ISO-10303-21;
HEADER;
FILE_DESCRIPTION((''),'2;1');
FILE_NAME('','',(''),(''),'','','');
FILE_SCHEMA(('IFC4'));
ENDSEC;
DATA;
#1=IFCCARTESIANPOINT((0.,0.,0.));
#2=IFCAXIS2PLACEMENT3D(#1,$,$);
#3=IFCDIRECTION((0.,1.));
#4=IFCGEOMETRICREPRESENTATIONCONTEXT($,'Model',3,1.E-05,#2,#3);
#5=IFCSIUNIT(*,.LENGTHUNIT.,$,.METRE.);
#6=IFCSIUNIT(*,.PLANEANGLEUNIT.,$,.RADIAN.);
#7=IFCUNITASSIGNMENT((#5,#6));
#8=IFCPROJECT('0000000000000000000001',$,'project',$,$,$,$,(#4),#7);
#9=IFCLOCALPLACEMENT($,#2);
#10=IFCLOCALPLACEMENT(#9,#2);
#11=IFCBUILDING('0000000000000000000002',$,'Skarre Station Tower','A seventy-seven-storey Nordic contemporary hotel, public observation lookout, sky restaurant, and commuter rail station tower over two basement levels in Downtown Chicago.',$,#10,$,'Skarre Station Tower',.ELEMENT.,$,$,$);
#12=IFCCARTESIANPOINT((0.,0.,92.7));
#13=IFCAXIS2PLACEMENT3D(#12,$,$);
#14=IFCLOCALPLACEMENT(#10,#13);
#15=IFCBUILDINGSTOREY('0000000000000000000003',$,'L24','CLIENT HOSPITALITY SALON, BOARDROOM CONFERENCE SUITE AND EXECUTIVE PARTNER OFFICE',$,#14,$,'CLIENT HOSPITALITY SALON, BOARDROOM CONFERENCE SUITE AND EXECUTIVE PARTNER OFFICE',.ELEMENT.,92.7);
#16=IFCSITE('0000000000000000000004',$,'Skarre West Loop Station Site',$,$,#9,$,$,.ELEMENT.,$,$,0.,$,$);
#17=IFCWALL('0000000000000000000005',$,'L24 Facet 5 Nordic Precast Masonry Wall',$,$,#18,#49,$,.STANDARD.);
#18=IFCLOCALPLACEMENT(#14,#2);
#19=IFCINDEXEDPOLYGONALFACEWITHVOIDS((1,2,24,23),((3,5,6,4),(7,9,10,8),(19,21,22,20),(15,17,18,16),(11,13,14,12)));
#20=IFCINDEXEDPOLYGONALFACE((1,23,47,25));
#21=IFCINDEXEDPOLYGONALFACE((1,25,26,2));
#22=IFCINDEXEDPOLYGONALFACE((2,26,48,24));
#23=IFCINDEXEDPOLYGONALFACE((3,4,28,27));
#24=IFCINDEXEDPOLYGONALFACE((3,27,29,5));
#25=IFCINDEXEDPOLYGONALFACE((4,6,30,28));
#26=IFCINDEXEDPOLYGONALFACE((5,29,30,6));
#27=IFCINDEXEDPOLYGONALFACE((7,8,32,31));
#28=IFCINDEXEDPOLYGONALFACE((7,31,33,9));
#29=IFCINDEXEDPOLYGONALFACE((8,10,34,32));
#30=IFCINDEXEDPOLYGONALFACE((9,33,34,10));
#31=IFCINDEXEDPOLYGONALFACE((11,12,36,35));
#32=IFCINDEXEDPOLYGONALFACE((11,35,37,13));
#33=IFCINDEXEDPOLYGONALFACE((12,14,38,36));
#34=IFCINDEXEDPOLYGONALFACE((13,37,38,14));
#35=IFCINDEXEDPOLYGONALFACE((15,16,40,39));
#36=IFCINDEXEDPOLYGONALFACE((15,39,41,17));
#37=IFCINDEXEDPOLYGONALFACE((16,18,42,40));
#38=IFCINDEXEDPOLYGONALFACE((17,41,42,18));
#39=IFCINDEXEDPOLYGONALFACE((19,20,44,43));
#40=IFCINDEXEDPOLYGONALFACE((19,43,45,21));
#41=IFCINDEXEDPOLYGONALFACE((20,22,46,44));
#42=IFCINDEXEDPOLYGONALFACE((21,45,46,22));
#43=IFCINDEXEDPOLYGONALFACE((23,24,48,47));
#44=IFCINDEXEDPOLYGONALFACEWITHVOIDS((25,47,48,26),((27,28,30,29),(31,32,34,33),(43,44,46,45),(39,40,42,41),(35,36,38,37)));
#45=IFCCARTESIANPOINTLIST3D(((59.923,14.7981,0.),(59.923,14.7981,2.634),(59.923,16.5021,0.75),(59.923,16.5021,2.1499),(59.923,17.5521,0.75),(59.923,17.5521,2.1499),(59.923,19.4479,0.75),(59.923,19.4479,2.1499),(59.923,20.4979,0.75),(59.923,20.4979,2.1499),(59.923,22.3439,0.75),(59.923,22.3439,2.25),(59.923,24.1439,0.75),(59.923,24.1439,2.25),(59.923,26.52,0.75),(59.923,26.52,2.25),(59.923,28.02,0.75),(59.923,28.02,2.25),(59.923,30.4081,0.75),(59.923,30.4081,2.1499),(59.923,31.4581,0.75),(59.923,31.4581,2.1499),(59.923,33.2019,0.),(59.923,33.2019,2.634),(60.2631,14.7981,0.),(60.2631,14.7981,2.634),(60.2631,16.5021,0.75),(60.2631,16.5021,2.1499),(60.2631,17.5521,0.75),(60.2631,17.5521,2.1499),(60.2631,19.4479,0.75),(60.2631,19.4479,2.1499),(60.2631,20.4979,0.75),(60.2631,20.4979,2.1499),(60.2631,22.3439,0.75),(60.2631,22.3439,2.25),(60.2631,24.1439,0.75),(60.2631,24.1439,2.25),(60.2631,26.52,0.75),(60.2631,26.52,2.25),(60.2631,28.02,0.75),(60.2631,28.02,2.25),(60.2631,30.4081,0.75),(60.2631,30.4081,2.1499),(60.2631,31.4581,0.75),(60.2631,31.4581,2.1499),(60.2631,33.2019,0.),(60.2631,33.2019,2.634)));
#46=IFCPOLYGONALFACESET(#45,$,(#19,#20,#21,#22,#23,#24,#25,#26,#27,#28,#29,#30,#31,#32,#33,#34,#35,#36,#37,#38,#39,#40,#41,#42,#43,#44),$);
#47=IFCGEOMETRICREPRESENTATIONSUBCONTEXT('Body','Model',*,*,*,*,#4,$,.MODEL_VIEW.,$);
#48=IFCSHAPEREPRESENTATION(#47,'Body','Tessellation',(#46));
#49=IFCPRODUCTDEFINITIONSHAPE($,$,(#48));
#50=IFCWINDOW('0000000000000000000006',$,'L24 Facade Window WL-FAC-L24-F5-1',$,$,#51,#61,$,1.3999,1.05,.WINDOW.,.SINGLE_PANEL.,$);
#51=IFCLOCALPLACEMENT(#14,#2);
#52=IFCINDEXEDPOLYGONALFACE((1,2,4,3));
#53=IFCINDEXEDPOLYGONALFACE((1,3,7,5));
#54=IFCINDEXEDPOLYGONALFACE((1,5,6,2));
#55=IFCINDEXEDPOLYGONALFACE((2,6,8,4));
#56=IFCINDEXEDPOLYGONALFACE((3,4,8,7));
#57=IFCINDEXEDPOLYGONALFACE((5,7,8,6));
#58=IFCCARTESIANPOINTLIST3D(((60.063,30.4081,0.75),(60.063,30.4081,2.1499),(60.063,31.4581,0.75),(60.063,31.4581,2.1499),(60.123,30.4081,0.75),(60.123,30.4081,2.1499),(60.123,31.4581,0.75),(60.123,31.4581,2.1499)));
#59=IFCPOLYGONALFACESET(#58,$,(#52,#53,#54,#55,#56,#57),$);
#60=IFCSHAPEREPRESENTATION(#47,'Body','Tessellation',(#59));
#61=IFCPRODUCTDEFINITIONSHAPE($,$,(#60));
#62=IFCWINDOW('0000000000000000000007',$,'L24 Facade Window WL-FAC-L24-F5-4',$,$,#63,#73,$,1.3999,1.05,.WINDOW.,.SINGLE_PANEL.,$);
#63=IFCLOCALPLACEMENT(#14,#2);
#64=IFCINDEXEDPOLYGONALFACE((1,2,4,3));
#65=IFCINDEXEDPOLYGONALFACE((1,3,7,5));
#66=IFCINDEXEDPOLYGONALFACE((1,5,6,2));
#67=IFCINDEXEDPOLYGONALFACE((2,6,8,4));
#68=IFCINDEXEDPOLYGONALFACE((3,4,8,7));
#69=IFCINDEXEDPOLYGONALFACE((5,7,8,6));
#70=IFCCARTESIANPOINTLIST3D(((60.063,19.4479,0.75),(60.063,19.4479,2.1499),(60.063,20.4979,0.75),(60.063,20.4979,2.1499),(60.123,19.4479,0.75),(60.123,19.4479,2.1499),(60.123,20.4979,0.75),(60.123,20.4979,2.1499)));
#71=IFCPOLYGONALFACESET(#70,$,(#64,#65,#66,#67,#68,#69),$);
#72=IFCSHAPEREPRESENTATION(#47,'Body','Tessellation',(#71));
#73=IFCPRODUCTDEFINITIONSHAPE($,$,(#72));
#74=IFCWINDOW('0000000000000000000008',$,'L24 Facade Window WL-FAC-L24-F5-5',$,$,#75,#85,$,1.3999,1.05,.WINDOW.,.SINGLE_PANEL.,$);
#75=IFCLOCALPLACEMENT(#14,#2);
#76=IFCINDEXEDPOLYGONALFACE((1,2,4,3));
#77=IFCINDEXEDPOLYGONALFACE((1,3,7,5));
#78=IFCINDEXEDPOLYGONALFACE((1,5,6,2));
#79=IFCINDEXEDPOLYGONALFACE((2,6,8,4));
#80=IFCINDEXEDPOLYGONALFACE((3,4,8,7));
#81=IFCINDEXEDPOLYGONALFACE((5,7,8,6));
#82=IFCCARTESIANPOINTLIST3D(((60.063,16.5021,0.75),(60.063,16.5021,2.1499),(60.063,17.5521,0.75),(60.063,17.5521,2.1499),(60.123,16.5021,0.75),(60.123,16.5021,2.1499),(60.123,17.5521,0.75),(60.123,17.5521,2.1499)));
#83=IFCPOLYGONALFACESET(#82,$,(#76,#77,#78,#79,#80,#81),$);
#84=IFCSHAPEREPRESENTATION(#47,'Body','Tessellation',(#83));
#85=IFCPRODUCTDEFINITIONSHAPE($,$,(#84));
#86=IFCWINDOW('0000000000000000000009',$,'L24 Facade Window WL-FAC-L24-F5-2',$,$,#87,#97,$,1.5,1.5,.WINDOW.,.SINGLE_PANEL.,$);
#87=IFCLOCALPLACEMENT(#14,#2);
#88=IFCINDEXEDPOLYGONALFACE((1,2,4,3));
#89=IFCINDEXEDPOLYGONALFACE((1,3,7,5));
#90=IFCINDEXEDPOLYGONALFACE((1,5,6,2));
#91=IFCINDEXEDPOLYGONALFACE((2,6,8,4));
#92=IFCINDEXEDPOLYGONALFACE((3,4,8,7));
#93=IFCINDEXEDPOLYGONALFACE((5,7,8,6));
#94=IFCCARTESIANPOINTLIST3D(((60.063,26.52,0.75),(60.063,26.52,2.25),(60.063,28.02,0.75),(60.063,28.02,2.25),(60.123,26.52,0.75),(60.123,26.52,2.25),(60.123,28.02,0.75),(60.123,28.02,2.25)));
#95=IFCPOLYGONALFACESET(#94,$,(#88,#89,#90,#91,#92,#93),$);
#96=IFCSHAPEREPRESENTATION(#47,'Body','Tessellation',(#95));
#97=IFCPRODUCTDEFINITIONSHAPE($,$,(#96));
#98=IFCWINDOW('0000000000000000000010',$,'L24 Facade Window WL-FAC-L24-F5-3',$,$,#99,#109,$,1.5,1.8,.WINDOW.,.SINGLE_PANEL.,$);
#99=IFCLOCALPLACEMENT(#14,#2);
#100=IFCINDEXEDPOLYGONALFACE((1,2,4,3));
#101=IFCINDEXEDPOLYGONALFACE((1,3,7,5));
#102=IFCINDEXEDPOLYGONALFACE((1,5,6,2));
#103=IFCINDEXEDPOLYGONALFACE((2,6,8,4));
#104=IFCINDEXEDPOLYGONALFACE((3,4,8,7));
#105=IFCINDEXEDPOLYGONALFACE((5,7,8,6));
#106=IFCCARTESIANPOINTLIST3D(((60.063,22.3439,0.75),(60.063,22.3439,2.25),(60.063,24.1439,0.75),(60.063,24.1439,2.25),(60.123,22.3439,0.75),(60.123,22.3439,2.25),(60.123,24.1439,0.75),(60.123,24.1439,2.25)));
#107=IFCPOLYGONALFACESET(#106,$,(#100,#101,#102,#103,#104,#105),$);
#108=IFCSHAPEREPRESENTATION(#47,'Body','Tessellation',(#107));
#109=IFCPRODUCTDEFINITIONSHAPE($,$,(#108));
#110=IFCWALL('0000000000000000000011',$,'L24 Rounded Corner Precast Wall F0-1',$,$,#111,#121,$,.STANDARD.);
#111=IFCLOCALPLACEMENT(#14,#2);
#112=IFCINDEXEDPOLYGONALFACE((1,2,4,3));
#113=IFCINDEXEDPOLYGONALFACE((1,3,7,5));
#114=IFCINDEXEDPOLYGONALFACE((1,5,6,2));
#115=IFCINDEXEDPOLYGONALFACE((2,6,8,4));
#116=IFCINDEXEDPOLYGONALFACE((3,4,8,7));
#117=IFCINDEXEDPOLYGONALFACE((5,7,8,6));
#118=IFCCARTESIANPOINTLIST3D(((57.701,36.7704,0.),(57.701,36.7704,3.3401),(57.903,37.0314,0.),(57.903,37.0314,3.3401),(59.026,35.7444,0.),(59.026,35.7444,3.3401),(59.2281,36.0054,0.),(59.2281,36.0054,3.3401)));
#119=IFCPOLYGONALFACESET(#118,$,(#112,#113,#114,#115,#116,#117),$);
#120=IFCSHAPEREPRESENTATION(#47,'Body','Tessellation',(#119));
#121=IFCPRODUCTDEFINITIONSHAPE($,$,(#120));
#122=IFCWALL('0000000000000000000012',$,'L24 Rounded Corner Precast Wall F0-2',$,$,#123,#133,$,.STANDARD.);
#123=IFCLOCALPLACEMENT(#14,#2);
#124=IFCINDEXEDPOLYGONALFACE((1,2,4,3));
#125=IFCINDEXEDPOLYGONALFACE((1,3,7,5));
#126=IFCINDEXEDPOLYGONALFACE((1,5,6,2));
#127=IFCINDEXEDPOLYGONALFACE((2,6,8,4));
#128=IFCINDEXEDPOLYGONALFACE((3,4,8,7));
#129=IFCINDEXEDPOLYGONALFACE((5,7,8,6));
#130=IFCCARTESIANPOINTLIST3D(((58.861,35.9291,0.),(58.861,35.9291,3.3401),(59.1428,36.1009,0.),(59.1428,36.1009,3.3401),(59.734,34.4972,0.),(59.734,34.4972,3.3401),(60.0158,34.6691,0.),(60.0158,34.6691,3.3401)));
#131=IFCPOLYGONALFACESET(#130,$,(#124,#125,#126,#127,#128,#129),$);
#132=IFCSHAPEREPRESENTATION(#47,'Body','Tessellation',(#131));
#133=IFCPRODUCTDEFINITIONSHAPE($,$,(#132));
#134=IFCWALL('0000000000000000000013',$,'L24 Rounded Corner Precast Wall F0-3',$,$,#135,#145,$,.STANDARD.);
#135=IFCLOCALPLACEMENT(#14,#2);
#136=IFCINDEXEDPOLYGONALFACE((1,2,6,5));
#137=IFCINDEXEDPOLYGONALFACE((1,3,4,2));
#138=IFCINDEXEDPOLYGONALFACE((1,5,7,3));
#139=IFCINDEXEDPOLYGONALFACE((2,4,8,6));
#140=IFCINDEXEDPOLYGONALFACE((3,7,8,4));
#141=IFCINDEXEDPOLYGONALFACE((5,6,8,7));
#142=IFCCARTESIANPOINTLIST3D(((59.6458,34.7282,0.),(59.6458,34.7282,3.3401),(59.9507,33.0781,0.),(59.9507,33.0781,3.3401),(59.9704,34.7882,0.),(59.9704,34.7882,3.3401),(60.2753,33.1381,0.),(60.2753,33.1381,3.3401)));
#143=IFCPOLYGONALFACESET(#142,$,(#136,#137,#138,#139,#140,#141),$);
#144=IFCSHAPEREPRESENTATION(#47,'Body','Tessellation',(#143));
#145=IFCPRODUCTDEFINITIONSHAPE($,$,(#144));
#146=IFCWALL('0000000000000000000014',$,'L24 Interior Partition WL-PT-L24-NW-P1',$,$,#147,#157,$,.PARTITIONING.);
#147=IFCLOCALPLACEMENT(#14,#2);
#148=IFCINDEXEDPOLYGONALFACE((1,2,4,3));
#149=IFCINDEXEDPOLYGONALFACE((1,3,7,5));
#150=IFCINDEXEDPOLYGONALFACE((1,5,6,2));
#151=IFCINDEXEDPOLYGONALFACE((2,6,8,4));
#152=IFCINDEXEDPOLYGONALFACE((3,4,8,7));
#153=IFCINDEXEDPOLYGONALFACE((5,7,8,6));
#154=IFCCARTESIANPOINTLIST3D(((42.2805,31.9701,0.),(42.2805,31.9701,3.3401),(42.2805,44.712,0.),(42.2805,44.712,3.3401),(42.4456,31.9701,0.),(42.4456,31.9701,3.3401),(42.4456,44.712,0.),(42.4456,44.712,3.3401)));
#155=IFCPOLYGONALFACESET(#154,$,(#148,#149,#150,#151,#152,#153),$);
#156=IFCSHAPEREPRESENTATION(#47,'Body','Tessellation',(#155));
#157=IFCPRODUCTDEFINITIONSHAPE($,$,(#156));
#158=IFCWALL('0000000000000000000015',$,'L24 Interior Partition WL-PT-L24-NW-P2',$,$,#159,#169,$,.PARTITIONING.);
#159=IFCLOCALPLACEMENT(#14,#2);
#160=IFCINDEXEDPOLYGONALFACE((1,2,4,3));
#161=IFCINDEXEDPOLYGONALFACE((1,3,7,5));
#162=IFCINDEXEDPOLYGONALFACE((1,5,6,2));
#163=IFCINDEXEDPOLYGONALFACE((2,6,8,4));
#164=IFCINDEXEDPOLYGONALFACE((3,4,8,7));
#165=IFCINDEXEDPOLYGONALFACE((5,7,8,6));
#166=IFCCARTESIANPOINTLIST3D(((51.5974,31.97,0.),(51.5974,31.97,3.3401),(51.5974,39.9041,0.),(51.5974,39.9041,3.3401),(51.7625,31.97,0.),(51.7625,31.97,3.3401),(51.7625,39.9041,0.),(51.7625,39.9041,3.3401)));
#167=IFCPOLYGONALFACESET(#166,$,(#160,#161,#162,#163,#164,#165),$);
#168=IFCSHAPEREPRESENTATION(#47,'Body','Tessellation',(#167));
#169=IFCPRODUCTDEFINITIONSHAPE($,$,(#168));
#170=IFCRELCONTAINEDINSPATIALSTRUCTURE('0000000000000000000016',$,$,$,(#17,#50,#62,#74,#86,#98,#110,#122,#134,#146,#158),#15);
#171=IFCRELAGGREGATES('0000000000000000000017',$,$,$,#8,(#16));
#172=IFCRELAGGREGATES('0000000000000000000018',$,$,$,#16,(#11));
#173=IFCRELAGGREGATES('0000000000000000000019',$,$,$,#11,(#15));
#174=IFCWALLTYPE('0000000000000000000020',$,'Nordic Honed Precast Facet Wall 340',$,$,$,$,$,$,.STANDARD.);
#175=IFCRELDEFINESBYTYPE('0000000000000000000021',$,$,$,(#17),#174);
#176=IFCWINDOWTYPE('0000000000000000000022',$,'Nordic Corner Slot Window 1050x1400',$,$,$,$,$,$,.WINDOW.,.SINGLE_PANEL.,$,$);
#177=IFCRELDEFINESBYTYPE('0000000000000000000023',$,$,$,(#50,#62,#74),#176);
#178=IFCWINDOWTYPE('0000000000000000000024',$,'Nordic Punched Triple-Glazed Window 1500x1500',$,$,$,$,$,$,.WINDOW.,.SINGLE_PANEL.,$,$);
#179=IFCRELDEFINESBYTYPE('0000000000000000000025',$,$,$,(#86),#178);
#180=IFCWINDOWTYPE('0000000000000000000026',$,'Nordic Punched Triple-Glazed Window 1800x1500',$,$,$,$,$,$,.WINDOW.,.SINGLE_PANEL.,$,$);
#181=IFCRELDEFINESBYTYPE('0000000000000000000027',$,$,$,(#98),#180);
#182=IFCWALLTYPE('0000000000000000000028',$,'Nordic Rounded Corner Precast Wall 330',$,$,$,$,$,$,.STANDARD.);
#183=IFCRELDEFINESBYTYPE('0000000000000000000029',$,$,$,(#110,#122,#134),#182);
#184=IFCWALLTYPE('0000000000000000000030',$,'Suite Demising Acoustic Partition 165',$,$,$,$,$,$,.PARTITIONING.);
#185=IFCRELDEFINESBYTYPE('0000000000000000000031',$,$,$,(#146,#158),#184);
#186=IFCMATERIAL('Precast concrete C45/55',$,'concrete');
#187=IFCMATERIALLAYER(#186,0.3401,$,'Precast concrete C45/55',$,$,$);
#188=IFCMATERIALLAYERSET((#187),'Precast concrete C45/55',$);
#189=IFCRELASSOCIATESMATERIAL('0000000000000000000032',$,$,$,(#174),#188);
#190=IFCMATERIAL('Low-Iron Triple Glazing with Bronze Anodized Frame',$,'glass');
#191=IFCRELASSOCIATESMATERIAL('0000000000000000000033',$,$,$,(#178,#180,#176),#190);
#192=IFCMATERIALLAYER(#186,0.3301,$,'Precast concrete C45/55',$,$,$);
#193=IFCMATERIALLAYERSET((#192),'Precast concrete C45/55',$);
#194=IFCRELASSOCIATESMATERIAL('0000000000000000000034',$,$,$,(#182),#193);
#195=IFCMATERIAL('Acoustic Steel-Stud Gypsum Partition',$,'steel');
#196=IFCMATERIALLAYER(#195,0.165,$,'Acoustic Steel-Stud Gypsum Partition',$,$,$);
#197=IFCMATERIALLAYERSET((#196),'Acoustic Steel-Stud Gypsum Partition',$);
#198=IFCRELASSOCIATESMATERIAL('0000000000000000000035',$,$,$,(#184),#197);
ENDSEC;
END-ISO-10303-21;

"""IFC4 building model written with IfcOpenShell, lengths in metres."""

from ifc_helpers import new_model, si_unit, direction, frame, frame_2d, origin, place, context, subcontext, project, spatial, rectangle, extrude, material, layer, layer_set, type_object, element, fill, save


model = new_model("IFC4")

# Units and contexts
model_context = context("Model", 3, precision=1e-05, world=origin(), true_north=direction((0.0, 1.0)))
body_context = subcontext(model_context, "Body", "Model", "MODEL_VIEW")
ifc_project = project(units=[si_unit("LENGTHUNIT", "METRE"), si_unit("PLANEANGLEUNIT", "RADIAN")], contexts=[model_context])

# Site, building, storey
site_placement = place(None, origin())
site = spatial("IfcSite", under=ifc_project, at=site_placement, Name="Skarre West Loop Station Site", CompositionType="ELEMENT", RefElevation=0.0)
building_placement = place(site_placement, origin())
building = spatial("IfcBuilding", under=site, at=building_placement, Name="Skarre Station Tower", Description="A seventy-seven-storey Nordic contemporary hotel, public observation lookout, sky restaurant, and commuter rail station tower over two basement levels in Downtown Chicago.", LongName="Skarre Station Tower", CompositionType="ELEMENT")
storey_placement = place(building_placement, frame((0.0, 0.0, 92.7)))
storey = spatial("IfcBuildingStorey", under=building, at=storey_placement, Name="L24", Description="CLIENT HOSPITALITY SALON, BOARDROOM CONFERENCE SUITE AND EXECUTIVE PARTNER OFFICE", LongName="CLIENT HOSPITALITY SALON, BOARDROOM CONFERENCE SUITE AND EXECUTIVE PARTNER OFFICE", CompositionType="ELEMENT", Elevation=92.7)

# Wall, openings, windows
ifc_material_1 = material(Name="Precast concrete C45/55", Category="concrete")
ifc_layer_1 = layer(ifc_material_1, 0.3401, Name="Precast concrete C45/55")
ifc_layer_set_1 = layer_set([ifc_layer_1], Name="Precast concrete C45/55")
wall_type_1 = type_object("IfcWallType", Name="Nordic Honed Precast Facet Wall 340", PredefinedType="STANDARD", material=ifc_layer_set_1)
ifc_material_2 = material(Name="Low-Iron Triple Glazing with Bronze Anodized Frame", Category="glass")
window_type_1 = type_object("IfcWindowType", Name="Nordic Punched Triple-Glazed Window 1500x1500", PartitioningType="SINGLE_PANEL", PredefinedType="WINDOW", material=ifc_material_2)
window_type_2 = type_object("IfcWindowType", Name="Nordic Punched Triple-Glazed Window 1800x1500", PartitioningType="SINGLE_PANEL", PredefinedType="WINDOW", material=ifc_material_2)
wall_1_placement = place(storey_placement, frame((60.093, 33.2019, 0.0), z_axis=(0.0, 0.0, 1.0), x_axis=(0.0, -1.0, 0.0)))
wall_1 = element("IfcWall", 1, at=wall_1_placement, inside=storey, type_object=wall_type_1, Name="L24 Facet 5 Nordic Precast Masonry Wall", PredefinedType="STANDARD", context=body_context, shape_type="SweptSolid", body=[
    extrude(rectangle(XDim=18.4038, YDim=0.3401, at=frame_2d((9.2019, 0.0))), origin(), (0.0, 0.0, 1.0), 2.634),
])
opening_1_placement = place(wall_1_placement, frame((1.7439, 0.0, 0.75)))
opening_1 = element("IfcOpeningElement", 2, at=opening_1_placement, cuts=wall_1, PredefinedType="OPENING", context=body_context, shape_type="SweptSolid", body=[
    extrude(rectangle(XDim=1.05, YDim=1.3999, at=frame_2d((0.5249, 0.7))), frame((0.0, 0.1799, 0.0), z_axis=(0.0, -1.0, 0.0), x_axis=(1.0, 0.0, 0.0)), (0.0, 0.0, 1.0), 0.3601),
])
opening_2_placement = place(wall_1_placement, frame((5.1819, 0.0, 0.75)))
opening_2 = element("IfcOpeningElement", 3, at=opening_2_placement, cuts=wall_1, PredefinedType="OPENING", context=body_context, shape_type="SweptSolid", body=[
    extrude(rectangle(XDim=1.5, YDim=1.5, at=frame_2d((0.75, 0.75))), frame((0.0, 0.1799, 0.0), z_axis=(0.0, -1.0, 0.0), x_axis=(1.0, 0.0, 0.0)), (0.0, 0.0, 1.0), 0.3601),
])
opening_3_placement = place(wall_1_placement, frame((9.0581, 0.0, 0.75)))
opening_3 = element("IfcOpeningElement", 4, at=opening_3_placement, cuts=wall_1, PredefinedType="OPENING", context=body_context, shape_type="SweptSolid", body=[
    extrude(rectangle(XDim=1.8, YDim=1.5, at=frame_2d((0.8999, 0.75))), frame((0.0, 0.1799, 0.0), z_axis=(0.0, -1.0, 0.0), x_axis=(1.0, 0.0, 0.0)), (0.0, 0.0, 1.0), 0.3601),
])
opening_4_placement = place(wall_1_placement, frame((12.7041, 0.0, 0.75)))
opening_4 = element("IfcOpeningElement", 5, at=opening_4_placement, cuts=wall_1, PredefinedType="OPENING", context=body_context, shape_type="SweptSolid", body=[
    extrude(rectangle(XDim=1.05, YDim=1.3999, at=frame_2d((0.5249, 0.7))), frame((0.0, 0.1799, 0.0), z_axis=(0.0, -1.0, 0.0), x_axis=(1.0, 0.0, 0.0)), (0.0, 0.0, 1.0), 0.3601),
])
opening_5_placement = place(wall_1_placement, frame((15.6499, 0.0, 0.75)))
opening_5 = element("IfcOpeningElement", 6, at=opening_5_placement, cuts=wall_1, PredefinedType="OPENING", context=body_context, shape_type="SweptSolid", body=[
    extrude(rectangle(XDim=1.05, YDim=1.3999, at=frame_2d((0.5249, 0.7))), frame((0.0, 0.1799, 0.0), z_axis=(0.0, -1.0, 0.0), x_axis=(1.0, 0.0, 0.0)), (0.0, 0.0, 1.0), 0.3601),
])
window_type_3 = type_object("IfcWindowType", Name="Nordic Corner Slot Window 1050x1400", PartitioningType="SINGLE_PANEL", PredefinedType="WINDOW", material=ifc_material_2)
window_1_placement = place(opening_1_placement, origin())
window_1 = element("IfcWindow", 7, at=window_1_placement, inside=storey, type_object=window_type_3, Name="L24 Facade Window WL-FAC-L24-F5-1", OverallHeight=1.3999, OverallWidth=1.05, PartitioningType="SINGLE_PANEL", PredefinedType="WINDOW", context=body_context, shape_type="SweptSolid", body=[
    extrude(rectangle(XDim=1.05, YDim=1.3999, at=frame_2d((0.5249, 0.7))), frame((0.0, 0.03, 0.0), z_axis=(0.0, -1.0, 0.0), x_axis=(1.0, 0.0, 0.0)), (0.0, 0.0, 1.0), 0.0601),
])
fill(opening_1, window_1)
window_2_placement = place(opening_4_placement, origin())
window_2 = element("IfcWindow", 8, at=window_2_placement, inside=storey, type_object=window_type_3, Name="L24 Facade Window WL-FAC-L24-F5-4", OverallHeight=1.3999, OverallWidth=1.05, PartitioningType="SINGLE_PANEL", PredefinedType="WINDOW", context=body_context, shape_type="SweptSolid", body=[
    extrude(rectangle(XDim=1.05, YDim=1.3999, at=frame_2d((0.5249, 0.7))), frame((0.0, 0.03, 0.0), z_axis=(0.0, -1.0, 0.0), x_axis=(1.0, 0.0, 0.0)), (0.0, 0.0, 1.0), 0.0601),
])
fill(opening_4, window_2)
window_3_placement = place(opening_5_placement, origin())
window_3 = element("IfcWindow", 9, at=window_3_placement, inside=storey, type_object=window_type_3, Name="L24 Facade Window WL-FAC-L24-F5-5", OverallHeight=1.3999, OverallWidth=1.05, PartitioningType="SINGLE_PANEL", PredefinedType="WINDOW", context=body_context, shape_type="SweptSolid", body=[
    extrude(rectangle(XDim=1.05, YDim=1.3999, at=frame_2d((0.5249, 0.7))), frame((0.0, 0.03, 0.0), z_axis=(0.0, -1.0, 0.0), x_axis=(1.0, 0.0, 0.0)), (0.0, 0.0, 1.0), 0.0601),
])
fill(opening_5, window_3)
window_4_placement = place(opening_2_placement, origin())
window_4 = element("IfcWindow", 10, at=window_4_placement, inside=storey, type_object=window_type_1, Name="L24 Facade Window WL-FAC-L24-F5-2", OverallHeight=1.5, OverallWidth=1.5, PartitioningType="SINGLE_PANEL", PredefinedType="WINDOW", context=body_context, shape_type="SweptSolid", body=[
    extrude(rectangle(XDim=1.5, YDim=1.5, at=frame_2d((0.75, 0.75))), frame((0.0, 0.03, 0.0), z_axis=(0.0, -1.0, 0.0), x_axis=(1.0, 0.0, 0.0)), (0.0, 0.0, 1.0), 0.0601),
])
fill(opening_2, window_4)
window_5_placement = place(opening_3_placement, origin())
window_5 = element("IfcWindow", 11, at=window_5_placement, inside=storey, type_object=window_type_2, Name="L24 Facade Window WL-FAC-L24-F5-3", OverallHeight=1.5, OverallWidth=1.8, PartitioningType="SINGLE_PANEL", PredefinedType="WINDOW", context=body_context, shape_type="SweptSolid", body=[
    extrude(rectangle(XDim=1.8, YDim=1.5, at=frame_2d((0.8999, 0.75))), frame((0.0, 0.03, 0.0), z_axis=(0.0, -1.0, 0.0), x_axis=(1.0, 0.0, 0.0)), (0.0, 0.0, 1.0), 0.0601),
])
fill(opening_3, window_5)

# Walls
ifc_layer_2 = layer(ifc_material_1, 0.3301, Name="Precast concrete C45/55")
ifc_layer_set_2 = layer_set([ifc_layer_2], Name="Precast concrete C45/55")
wall_type_2 = type_object("IfcWallType", Name="Nordic Rounded Corner Precast Wall 330", PredefinedType="STANDARD", material=ifc_layer_set_2)
wall_2_placement = place(storey_placement, frame((57.802, 36.9009, 0.0), z_axis=(0.0, 0.0, 1.0), x_axis=(0.790692, -0.612214, 0.0)))
element("IfcWall", 12, at=wall_2_placement, inside=storey, type_object=wall_type_2, Name="L24 Rounded Corner Precast Wall F0-1", PredefinedType="STANDARD", context=body_context, shape_type="SweptSolid", body=[
    extrude(rectangle(XDim=1.6758, YDim=0.3301, at=frame_2d((0.8379, 0.0))), origin(), (0.0, 0.0, 1.0), 3.3401),
])
wall_3_placement = place(storey_placement, frame((59.002, 36.0149, 0.0), z_axis=(0.0, 0.0, 1.0), x_axis=(0.520584, -0.85381, 0.0)))
element("IfcWall", 13, at=wall_3_placement, inside=storey, type_object=wall_type_2, Name="L24 Rounded Corner Precast Wall F0-2", PredefinedType="STANDARD", context=body_context, shape_type="SweptSolid", body=[
    extrude(rectangle(XDim=1.677, YDim=0.3301, at=frame_2d((0.8384, 0.0))), origin(), (0.0, 0.0, 1.0), 3.3401),
])
wall_4_placement = place(storey_placement, frame((59.8081, 34.7581, 0.0), z_axis=(0.0, 0.0, 1.0), x_axis=(0.181714, -0.983351, 0.0)))
element("IfcWall", 14, at=wall_4_placement, inside=storey, type_object=wall_type_2, Name="L24 Rounded Corner Precast Wall F0-3", PredefinedType="STANDARD", context=body_context, shape_type="SweptSolid", body=[
    extrude(rectangle(XDim=1.678, YDim=0.3301, at=frame_2d((0.8389, 0.0))), origin(), (0.0, 0.0, 1.0), 3.3401),
])
ifc_material_3 = material(Name="Acoustic Steel-Stud Gypsum Partition", Category="steel")
ifc_layer_3 = layer(ifc_material_3, 0.165, Name="Acoustic Steel-Stud Gypsum Partition")
ifc_layer_set_3 = layer_set([ifc_layer_3], Name="Acoustic Steel-Stud Gypsum Partition")
wall_type_3 = type_object("IfcWallType", Name="Suite Demising Acoustic Partition 165", PredefinedType="PARTITIONING", material=ifc_layer_set_3)
wall_5_placement = place(storey_placement, frame((42.363, 31.97, 0.0), z_axis=(0.0, 0.0, 1.0), x_axis=(0.0, 1.0, 0.0)))
element("IfcWall", 15, at=wall_5_placement, inside=storey, type_object=wall_type_3, Name="L24 Interior Partition WL-PT-L24-NW-P1", PredefinedType="PARTITIONING", context=body_context, shape_type="SweptSolid", body=[
    extrude(rectangle(XDim=12.7419, YDim=0.165, at=frame_2d((6.3711, 0.0))), origin(), (0.0, 0.0, 1.0), 3.3401),
])
wall_6_placement = place(storey_placement, frame((51.6799, 31.97, 0.0), z_axis=(0.0, 0.0, 1.0), x_axis=(0.0, 1.0, 0.0)))
element("IfcWall", 16, at=wall_6_placement, inside=storey, type_object=wall_type_3, Name="L24 Interior Partition WL-PT-L24-NW-P2", PredefinedType="PARTITIONING", context=body_context, shape_type="SweptSolid", body=[
    extrude(rectangle(XDim=7.9341, YDim=0.165, at=frame_2d((3.967, 0.0))), origin(), (0.0, 0.0, 1.0), 3.3401),
])

save(model, "model.ifc")
